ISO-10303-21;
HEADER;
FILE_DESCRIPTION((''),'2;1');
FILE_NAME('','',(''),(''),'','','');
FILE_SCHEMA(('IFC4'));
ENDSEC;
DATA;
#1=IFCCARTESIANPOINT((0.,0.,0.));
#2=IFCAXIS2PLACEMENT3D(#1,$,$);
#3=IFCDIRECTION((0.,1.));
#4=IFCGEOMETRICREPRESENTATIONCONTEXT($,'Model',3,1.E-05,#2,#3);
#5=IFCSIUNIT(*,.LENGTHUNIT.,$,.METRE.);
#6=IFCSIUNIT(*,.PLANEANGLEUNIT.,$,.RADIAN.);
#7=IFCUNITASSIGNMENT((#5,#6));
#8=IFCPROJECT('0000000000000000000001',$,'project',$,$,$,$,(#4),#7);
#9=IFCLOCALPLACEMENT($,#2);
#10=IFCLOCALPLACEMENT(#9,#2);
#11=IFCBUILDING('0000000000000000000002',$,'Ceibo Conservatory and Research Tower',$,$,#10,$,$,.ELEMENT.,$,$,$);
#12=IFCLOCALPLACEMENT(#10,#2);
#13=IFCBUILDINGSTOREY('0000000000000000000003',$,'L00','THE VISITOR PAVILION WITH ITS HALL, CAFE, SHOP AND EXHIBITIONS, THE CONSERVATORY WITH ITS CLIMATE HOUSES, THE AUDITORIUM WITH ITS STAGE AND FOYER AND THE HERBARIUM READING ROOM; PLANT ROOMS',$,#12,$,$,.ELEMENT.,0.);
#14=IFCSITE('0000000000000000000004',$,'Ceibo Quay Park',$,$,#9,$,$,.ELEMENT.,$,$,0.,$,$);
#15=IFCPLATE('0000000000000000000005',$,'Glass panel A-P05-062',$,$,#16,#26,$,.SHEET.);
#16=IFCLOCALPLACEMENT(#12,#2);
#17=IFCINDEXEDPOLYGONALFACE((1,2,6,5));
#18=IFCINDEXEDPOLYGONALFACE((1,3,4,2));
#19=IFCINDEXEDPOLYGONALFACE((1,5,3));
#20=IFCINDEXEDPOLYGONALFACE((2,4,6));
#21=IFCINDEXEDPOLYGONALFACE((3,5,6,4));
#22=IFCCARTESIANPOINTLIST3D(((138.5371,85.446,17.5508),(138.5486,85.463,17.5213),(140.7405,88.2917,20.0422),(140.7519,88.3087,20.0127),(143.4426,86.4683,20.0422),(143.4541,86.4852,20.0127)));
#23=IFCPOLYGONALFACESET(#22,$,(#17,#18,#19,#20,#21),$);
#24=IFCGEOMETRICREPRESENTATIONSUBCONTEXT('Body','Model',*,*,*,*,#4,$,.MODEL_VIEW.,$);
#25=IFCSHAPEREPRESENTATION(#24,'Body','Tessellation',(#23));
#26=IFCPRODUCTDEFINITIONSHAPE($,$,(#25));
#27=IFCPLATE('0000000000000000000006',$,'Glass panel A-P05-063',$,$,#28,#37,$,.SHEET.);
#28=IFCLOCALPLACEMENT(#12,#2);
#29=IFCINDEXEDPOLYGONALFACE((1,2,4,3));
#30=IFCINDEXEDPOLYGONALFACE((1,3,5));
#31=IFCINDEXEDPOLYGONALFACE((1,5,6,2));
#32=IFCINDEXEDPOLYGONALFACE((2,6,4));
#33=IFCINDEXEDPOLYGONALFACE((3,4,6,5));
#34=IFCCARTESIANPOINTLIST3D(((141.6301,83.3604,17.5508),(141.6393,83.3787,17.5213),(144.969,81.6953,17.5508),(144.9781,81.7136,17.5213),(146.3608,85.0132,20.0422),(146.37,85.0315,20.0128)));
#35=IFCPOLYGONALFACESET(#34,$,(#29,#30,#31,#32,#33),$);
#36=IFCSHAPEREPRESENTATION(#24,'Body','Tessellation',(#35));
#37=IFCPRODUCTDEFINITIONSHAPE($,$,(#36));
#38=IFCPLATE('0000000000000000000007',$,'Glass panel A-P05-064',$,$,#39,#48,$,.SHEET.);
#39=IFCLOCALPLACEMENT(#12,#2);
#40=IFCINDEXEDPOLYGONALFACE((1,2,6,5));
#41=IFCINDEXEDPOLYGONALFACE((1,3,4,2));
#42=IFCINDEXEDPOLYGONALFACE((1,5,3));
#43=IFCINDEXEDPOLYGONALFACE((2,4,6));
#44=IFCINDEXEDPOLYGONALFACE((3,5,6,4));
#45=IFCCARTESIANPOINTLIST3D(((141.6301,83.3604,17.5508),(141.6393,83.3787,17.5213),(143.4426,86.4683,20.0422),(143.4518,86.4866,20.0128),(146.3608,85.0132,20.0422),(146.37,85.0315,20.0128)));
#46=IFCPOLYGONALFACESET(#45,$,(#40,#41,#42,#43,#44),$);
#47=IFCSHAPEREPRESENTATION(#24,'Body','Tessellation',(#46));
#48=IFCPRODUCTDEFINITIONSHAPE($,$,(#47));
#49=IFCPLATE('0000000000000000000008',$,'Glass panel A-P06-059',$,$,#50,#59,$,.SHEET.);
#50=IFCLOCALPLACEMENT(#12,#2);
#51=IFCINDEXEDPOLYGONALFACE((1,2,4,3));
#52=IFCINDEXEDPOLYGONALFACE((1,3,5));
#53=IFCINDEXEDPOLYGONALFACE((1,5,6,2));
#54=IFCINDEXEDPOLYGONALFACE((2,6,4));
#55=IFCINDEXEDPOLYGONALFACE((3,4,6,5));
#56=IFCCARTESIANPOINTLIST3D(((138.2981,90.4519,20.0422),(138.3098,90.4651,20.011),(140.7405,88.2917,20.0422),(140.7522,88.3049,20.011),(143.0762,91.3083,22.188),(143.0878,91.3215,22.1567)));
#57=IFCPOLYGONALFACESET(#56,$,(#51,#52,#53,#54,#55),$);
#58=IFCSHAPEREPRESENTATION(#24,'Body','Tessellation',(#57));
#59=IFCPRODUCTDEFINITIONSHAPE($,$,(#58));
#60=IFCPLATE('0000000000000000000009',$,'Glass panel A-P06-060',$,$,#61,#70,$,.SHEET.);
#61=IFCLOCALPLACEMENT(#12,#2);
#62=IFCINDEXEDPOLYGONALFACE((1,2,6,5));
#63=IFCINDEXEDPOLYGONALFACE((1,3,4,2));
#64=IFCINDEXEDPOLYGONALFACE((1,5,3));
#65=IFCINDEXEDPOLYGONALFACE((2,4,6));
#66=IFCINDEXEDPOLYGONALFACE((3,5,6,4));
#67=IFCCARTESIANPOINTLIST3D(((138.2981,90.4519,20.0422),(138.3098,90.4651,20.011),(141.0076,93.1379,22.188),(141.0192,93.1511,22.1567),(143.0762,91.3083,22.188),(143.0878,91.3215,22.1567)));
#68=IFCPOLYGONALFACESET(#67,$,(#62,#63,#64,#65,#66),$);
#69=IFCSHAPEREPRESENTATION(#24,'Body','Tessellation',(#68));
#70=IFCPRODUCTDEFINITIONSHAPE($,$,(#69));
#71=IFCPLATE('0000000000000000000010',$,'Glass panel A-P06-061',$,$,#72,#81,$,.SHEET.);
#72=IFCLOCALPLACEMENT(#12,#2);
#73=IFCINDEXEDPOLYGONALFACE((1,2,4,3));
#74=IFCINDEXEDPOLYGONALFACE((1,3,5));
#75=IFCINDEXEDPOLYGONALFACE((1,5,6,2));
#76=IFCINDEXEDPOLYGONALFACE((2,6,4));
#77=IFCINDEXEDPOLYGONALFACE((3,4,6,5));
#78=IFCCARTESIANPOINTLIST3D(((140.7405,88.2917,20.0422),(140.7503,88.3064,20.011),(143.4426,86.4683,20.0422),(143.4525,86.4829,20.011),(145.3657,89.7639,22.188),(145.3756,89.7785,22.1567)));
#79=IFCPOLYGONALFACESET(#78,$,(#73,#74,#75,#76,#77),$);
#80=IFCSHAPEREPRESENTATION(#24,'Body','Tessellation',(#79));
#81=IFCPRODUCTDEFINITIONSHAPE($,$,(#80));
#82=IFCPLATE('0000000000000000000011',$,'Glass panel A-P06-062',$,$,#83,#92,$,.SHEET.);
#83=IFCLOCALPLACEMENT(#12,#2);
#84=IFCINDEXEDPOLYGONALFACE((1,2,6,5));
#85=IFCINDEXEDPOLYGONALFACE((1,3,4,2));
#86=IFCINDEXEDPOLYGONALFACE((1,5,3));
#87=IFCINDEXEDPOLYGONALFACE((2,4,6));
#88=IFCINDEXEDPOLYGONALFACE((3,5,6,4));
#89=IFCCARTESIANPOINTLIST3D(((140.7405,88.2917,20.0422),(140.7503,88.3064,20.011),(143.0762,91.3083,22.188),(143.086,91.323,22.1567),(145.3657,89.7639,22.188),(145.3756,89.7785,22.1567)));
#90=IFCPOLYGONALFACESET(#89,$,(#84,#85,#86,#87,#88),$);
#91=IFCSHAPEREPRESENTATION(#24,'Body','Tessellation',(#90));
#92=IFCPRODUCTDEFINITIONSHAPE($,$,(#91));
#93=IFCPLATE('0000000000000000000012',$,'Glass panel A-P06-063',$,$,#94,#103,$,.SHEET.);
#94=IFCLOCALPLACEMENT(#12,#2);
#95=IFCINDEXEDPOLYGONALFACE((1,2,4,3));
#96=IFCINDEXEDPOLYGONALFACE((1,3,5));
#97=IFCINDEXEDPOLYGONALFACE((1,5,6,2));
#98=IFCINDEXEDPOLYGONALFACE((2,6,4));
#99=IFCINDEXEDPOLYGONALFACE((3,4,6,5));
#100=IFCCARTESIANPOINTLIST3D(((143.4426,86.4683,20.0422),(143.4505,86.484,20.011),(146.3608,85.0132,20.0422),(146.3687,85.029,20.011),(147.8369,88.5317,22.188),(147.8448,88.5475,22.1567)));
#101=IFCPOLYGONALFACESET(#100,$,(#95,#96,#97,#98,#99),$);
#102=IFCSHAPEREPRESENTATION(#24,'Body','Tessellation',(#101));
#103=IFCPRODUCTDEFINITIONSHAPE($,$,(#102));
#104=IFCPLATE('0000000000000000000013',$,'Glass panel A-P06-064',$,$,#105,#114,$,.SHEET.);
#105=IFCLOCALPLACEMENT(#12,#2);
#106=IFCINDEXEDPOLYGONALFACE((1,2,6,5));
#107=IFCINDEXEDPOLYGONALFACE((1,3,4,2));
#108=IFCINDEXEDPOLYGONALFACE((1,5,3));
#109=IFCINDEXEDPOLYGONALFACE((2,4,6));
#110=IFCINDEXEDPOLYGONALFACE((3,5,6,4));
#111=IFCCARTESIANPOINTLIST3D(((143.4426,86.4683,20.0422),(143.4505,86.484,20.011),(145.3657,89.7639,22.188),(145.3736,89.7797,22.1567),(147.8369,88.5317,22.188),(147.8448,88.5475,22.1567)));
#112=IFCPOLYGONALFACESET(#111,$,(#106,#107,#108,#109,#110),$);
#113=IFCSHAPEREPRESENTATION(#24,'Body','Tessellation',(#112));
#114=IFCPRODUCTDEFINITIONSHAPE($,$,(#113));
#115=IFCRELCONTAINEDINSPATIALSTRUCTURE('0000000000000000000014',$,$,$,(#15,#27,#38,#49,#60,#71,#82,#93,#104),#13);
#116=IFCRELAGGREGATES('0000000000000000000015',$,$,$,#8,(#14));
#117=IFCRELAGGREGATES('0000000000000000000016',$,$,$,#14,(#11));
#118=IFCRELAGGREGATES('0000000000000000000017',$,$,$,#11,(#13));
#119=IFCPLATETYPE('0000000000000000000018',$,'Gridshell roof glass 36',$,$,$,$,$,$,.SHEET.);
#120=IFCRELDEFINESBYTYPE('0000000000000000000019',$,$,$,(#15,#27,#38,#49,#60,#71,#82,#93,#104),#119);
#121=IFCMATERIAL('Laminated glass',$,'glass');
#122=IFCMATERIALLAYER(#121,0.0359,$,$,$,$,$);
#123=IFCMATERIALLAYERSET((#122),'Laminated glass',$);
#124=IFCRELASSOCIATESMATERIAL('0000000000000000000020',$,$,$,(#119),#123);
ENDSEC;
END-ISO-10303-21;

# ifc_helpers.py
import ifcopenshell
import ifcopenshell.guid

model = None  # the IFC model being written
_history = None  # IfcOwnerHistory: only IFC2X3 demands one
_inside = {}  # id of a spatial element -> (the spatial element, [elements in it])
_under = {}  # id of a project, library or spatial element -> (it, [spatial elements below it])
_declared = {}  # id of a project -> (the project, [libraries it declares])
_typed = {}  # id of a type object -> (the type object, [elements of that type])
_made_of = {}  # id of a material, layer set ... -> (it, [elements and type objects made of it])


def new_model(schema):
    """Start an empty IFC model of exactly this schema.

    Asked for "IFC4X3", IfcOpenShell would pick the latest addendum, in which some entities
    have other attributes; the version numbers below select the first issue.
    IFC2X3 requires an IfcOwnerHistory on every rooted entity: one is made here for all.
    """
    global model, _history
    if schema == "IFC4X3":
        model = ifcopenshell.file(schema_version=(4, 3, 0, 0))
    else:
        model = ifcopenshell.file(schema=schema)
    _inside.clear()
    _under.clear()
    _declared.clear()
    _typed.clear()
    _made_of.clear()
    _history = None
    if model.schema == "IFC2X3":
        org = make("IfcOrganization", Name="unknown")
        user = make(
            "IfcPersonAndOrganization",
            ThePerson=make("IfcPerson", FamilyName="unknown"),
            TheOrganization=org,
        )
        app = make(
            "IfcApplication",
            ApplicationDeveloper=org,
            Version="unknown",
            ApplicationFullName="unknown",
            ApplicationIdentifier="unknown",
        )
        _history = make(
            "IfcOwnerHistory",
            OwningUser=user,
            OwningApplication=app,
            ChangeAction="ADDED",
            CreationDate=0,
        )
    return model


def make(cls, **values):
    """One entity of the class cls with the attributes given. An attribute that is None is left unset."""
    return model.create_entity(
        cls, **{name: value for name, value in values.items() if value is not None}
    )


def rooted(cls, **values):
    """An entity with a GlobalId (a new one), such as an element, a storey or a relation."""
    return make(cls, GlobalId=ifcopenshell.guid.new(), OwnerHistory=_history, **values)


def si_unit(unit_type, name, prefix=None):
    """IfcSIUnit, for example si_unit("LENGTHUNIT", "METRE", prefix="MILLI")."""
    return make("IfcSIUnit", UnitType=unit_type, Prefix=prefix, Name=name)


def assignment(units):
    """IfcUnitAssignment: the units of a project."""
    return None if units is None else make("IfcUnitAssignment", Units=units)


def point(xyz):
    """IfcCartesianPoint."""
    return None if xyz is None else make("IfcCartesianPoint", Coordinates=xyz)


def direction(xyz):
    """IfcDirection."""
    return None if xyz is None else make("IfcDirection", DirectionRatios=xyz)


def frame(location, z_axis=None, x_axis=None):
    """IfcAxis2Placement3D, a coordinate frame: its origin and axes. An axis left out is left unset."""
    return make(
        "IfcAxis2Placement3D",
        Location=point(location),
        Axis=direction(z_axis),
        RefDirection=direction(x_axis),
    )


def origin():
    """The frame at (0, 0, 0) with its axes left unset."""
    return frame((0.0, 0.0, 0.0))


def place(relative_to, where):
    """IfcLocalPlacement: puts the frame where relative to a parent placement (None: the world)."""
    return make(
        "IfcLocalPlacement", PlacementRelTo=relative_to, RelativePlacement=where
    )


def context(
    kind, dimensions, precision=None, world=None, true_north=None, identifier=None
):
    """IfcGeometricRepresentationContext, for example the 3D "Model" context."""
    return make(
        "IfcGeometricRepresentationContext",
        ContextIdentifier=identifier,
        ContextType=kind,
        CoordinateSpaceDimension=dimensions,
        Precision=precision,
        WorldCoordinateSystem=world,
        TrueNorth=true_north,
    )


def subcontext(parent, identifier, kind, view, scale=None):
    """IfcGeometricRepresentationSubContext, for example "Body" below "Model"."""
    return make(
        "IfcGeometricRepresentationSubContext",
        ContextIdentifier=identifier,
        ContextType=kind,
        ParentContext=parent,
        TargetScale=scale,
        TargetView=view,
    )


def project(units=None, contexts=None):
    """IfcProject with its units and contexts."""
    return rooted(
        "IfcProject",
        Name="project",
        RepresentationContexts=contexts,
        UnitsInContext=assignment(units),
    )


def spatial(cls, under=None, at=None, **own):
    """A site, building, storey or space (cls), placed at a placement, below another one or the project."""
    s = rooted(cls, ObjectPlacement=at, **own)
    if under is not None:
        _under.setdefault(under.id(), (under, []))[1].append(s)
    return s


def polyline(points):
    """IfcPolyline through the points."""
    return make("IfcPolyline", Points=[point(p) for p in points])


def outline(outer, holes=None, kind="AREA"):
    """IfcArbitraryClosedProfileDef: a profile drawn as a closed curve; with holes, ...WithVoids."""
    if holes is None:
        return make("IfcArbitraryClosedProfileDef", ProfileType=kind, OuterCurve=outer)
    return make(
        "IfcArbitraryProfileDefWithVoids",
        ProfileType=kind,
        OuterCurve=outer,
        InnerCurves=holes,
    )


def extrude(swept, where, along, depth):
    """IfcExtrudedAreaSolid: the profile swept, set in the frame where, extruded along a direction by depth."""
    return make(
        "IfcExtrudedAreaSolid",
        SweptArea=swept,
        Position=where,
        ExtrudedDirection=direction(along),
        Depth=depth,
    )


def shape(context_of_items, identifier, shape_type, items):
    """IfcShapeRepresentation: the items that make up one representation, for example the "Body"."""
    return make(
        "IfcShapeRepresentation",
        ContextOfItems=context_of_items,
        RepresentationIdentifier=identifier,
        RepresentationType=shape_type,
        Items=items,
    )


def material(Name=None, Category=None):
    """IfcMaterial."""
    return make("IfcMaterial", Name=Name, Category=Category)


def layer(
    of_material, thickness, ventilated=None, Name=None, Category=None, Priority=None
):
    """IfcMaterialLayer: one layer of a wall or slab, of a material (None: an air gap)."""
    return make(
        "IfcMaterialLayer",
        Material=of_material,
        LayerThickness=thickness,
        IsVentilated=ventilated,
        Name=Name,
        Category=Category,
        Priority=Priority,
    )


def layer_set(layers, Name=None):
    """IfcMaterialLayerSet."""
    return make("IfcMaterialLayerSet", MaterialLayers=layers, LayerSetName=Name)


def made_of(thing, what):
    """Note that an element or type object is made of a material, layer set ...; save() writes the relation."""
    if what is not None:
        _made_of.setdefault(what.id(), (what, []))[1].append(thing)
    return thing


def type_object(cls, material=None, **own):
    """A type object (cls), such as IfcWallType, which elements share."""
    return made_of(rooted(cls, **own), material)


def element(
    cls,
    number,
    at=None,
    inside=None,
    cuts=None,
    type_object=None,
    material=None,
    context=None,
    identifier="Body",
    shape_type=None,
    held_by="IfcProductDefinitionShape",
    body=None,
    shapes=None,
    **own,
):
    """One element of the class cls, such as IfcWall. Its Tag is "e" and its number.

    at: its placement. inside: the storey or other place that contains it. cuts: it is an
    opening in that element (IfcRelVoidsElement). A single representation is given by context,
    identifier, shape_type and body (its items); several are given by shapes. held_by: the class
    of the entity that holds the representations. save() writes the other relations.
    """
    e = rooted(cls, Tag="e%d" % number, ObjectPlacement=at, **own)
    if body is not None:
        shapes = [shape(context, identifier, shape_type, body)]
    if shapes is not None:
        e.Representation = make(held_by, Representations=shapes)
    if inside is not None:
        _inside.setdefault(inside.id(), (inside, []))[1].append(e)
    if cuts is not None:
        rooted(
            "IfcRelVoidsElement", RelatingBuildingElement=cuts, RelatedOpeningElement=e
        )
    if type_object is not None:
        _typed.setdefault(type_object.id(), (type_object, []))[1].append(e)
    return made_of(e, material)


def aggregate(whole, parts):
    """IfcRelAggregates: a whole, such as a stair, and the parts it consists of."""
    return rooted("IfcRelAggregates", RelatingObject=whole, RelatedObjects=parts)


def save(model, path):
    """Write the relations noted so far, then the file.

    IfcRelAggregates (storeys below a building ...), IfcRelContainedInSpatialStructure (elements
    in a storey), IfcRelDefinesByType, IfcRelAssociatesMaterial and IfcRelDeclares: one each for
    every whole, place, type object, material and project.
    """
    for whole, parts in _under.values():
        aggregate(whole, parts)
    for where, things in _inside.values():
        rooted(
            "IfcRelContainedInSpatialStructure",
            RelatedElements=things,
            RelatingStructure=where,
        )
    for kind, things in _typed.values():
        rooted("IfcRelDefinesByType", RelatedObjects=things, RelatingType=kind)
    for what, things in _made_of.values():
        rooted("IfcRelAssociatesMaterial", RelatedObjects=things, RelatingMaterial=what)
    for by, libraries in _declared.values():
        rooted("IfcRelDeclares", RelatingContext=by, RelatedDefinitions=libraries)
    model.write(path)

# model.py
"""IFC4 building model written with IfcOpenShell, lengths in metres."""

from ifc_helpers import new_model, si_unit, direction, frame, origin, place, context, subcontext, project, spatial, polyline, outline, extrude, material, layer, layer_set, type_object, element, save


model = new_model("IFC4")

# Units and contexts
model_context = context("Model", 3, precision=1e-05, world=origin(), true_north=direction((0.0, 1.0)))
body_context = subcontext(model_context, "Body", "Model", "MODEL_VIEW")
ifc_project = project(units=[si_unit("LENGTHUNIT", "METRE"), si_unit("PLANEANGLEUNIT", "RADIAN")], contexts=[model_context])

# Site, building, storey
site_placement = place(None, origin())
site = spatial("IfcSite", under=ifc_project, at=site_placement, Name="Ceibo Quay Park", CompositionType="ELEMENT", RefElevation=0.0)
building_placement = place(site_placement, origin())
building = spatial("IfcBuilding", under=site, at=building_placement, Name="Ceibo Conservatory and Research Tower", CompositionType="ELEMENT")
storey_placement = place(building_placement, origin())
storey = spatial("IfcBuildingStorey", under=building, at=storey_placement, Name="L00", Description="THE VISITOR PAVILION WITH ITS HALL, CAFE, SHOP AND EXHIBITIONS, THE CONSERVATORY WITH ITS CLIMATE HOUSES, THE AUDITORIUM WITH ITS STAGE AND FOYER AND THE HERBARIUM READING ROOM; PLANT ROOMS", CompositionType="ELEMENT", Elevation=0.0)

# Plates
ifc_material_1 = material(Name="Laminated glass", Category="glass")
ifc_layer = layer(ifc_material_1, 0.0359)
ifc_layer_set = layer_set([ifc_layer], Name="Laminated glass")
plate_type = type_object("IfcPlateType", Name="Gridshell roof glass 36", PredefinedType="SHEET", material=ifc_layer_set)
plate_1_placement = place(storey_placement, frame((138.5371, 85.446, 17.5508), z_axis=(-0.318846, -0.472484, 0.821642), x_axis=(0.876595, 0.182666, 0.445212)))
element("IfcPlate", 1, at=plate_1_placement, inside=storey, type_object=plate_type, Name="Glass panel A-P05-062", PredefinedType="SHEET", context=body_context, shape_type="SweptSolid", body=[
    extrude(outline(polyline([(0.0, 0.0), (5.5961, 0.0), (3.5605, 2.5462), (0.0, 0.0)])), origin(), (0.0, 0.0, -1.0), 0.0359),
])
plate_2_placement = place(storey_placement, frame((141.6301, 83.3604, 17.5508), z_axis=(-0.254427, -0.510196, 0.821564), x_axis=(0.894898, -0.446271, 0.0)))
element("IfcPlate", 2, at=plate_2_placement, inside=storey, type_object=plate_type, Name="Glass panel A-P05-063", PredefinedType="SHEET", context=body_context, shape_type="SweptSolid", body=[
    extrude(outline(polyline([(0.0, 0.0), (3.731, 0.0), (3.4959, 4.3701), (0.0, 0.0)])), origin(), (0.0, 0.0, -1.0), 0.0359),
])
plate_3_placement = place(storey_placement, frame((141.6301, 83.3604, 17.5508), z_axis=(-0.254409, -0.510227, 0.82155), x_axis=(0.845325, 0.295342, 0.445195)))
element("IfcPlate", 3, at=plate_3_placement, inside=storey, type_object=plate_type, Name="Glass panel A-P05-064", PredefinedType="SHEET", context=body_context, shape_type="SweptSolid", body=[
    extrude(outline(polyline([(0.0, 0.0), (5.5963, 0.0), (3.5592, 2.5463), (0.0, 0.0)])), origin(), (0.0, 0.0, -1.0), 0.0359),
])
plate_4_placement = place(storey_placement, frame((138.2981, 90.4519, 20.0422), z_axis=(-0.325295, -0.367795, 0.871154), x_axis=(0.749059, -0.662503, 0.0)))
element("IfcPlate", 4, at=plate_4_placement, inside=storey, type_object=plate_type, Name="Glass panel A-P06-059", PredefinedType="SHEET", context=body_context, shape_type="SweptSolid", body=[
    extrude(outline(polyline([(0.0, 0.0), (3.2606, 0.0), (3.0117, 4.3701), (0.0, 0.0)])), origin(), (0.0, 0.0, -1.0), 0.0359),
])
plate_5_placement = place(storey_placement, frame((138.2981, 90.4519, 20.0422), z_axis=(-0.325296, -0.367792, 0.871155), x_axis=(0.900279, 0.16137, 0.4043)))
element("IfcPlate", 5, at=plate_5_placement, inside=storey, type_object=plate_type, Name="Glass panel A-P06-060", PredefinedType="SHEET", context=body_context, shape_type="SweptSolid", body=[
    extrude(outline(polyline([(0.0, 0.0), (5.3073, 0.0), (3.7403, 2.2739), (0.0, 0.0)])), origin(), (0.0, 0.0, -1.0), 0.0359),
])
plate_6_placement = place(storey_placement, frame((140.7405, 88.2917, 20.0422), z_axis=(-0.274629, -0.406962, 0.871184), x_axis=(0.828915, -0.559375, 0.0)))
element("IfcPlate", 6, at=plate_6_placement, inside=storey, type_object=plate_type, Name="Glass panel A-P06-061", PredefinedType="SHEET", context=body_context, shape_type="SweptSolid", body=[
    extrude(outline(polyline([(0.0, 0.0), (3.2599, 0.0), (3.0104, 4.3705), (0.0, 0.0)])), origin(), (0.0, 0.0, -1.0), 0.0359),
])
plate_7_placement = place(storey_placement, frame((140.7405, 88.2917, 20.0422), z_axis=(-0.274584, -0.407058, 0.871153), x_axis=(0.871534, 0.2774, 0.404324)))
element("IfcPlate", 7, at=plate_7_placement, inside=storey, type_object=plate_type, Name="Glass panel A-P06-062", PredefinedType="SHEET", context=body_context, shape_type="SweptSolid", body=[
    extrude(outline(polyline([(0.0, 0.0), (5.307, 0.0), (3.74, 2.2742), (0.0, 0.0)])), origin(), (0.0, 0.0, -1.0), 0.0359),
])
plate_8_placement = place(storey_placement, frame((143.4426, 86.4683, 20.0422), z_axis=(-0.21908, -0.439373, 0.87118), x_axis=(0.894921, -0.446225, 0.0)))
element("IfcPlate", 8, at=plate_8_placement, inside=storey, type_object=plate_type, Name="Glass panel A-P06-063", PredefinedType="SHEET", context=body_context, shape_type="SweptSolid", body=[
    extrude(outline(polyline([(0.0, 0.0), (3.2609, 0.0), (3.0118, 4.3705), (0.0, 0.0)])), origin(), (0.0, 0.0, -1.0), 0.0359),
])
plate_9_placement = place(storey_placement, frame((143.4426, 86.4683, 20.0422), z_axis=(-0.219079, -0.439374, 0.87118), x_axis=(0.827904, 0.388769, 0.40427)))
element("IfcPlate", 9, at=plate_9_placement, inside=storey, type_object=plate_type, Name="Glass panel A-P06-064", PredefinedType="SHEET", context=body_context, shape_type="SweptSolid", body=[
    extrude(outline(polyline([(0.0, 0.0), (5.3077, 0.0), (3.7408, 2.2738), (0.0, 0.0)])), origin(), (0.0, 0.0, -1.0), 0.0359),
])

save(model, "model.ifc")
